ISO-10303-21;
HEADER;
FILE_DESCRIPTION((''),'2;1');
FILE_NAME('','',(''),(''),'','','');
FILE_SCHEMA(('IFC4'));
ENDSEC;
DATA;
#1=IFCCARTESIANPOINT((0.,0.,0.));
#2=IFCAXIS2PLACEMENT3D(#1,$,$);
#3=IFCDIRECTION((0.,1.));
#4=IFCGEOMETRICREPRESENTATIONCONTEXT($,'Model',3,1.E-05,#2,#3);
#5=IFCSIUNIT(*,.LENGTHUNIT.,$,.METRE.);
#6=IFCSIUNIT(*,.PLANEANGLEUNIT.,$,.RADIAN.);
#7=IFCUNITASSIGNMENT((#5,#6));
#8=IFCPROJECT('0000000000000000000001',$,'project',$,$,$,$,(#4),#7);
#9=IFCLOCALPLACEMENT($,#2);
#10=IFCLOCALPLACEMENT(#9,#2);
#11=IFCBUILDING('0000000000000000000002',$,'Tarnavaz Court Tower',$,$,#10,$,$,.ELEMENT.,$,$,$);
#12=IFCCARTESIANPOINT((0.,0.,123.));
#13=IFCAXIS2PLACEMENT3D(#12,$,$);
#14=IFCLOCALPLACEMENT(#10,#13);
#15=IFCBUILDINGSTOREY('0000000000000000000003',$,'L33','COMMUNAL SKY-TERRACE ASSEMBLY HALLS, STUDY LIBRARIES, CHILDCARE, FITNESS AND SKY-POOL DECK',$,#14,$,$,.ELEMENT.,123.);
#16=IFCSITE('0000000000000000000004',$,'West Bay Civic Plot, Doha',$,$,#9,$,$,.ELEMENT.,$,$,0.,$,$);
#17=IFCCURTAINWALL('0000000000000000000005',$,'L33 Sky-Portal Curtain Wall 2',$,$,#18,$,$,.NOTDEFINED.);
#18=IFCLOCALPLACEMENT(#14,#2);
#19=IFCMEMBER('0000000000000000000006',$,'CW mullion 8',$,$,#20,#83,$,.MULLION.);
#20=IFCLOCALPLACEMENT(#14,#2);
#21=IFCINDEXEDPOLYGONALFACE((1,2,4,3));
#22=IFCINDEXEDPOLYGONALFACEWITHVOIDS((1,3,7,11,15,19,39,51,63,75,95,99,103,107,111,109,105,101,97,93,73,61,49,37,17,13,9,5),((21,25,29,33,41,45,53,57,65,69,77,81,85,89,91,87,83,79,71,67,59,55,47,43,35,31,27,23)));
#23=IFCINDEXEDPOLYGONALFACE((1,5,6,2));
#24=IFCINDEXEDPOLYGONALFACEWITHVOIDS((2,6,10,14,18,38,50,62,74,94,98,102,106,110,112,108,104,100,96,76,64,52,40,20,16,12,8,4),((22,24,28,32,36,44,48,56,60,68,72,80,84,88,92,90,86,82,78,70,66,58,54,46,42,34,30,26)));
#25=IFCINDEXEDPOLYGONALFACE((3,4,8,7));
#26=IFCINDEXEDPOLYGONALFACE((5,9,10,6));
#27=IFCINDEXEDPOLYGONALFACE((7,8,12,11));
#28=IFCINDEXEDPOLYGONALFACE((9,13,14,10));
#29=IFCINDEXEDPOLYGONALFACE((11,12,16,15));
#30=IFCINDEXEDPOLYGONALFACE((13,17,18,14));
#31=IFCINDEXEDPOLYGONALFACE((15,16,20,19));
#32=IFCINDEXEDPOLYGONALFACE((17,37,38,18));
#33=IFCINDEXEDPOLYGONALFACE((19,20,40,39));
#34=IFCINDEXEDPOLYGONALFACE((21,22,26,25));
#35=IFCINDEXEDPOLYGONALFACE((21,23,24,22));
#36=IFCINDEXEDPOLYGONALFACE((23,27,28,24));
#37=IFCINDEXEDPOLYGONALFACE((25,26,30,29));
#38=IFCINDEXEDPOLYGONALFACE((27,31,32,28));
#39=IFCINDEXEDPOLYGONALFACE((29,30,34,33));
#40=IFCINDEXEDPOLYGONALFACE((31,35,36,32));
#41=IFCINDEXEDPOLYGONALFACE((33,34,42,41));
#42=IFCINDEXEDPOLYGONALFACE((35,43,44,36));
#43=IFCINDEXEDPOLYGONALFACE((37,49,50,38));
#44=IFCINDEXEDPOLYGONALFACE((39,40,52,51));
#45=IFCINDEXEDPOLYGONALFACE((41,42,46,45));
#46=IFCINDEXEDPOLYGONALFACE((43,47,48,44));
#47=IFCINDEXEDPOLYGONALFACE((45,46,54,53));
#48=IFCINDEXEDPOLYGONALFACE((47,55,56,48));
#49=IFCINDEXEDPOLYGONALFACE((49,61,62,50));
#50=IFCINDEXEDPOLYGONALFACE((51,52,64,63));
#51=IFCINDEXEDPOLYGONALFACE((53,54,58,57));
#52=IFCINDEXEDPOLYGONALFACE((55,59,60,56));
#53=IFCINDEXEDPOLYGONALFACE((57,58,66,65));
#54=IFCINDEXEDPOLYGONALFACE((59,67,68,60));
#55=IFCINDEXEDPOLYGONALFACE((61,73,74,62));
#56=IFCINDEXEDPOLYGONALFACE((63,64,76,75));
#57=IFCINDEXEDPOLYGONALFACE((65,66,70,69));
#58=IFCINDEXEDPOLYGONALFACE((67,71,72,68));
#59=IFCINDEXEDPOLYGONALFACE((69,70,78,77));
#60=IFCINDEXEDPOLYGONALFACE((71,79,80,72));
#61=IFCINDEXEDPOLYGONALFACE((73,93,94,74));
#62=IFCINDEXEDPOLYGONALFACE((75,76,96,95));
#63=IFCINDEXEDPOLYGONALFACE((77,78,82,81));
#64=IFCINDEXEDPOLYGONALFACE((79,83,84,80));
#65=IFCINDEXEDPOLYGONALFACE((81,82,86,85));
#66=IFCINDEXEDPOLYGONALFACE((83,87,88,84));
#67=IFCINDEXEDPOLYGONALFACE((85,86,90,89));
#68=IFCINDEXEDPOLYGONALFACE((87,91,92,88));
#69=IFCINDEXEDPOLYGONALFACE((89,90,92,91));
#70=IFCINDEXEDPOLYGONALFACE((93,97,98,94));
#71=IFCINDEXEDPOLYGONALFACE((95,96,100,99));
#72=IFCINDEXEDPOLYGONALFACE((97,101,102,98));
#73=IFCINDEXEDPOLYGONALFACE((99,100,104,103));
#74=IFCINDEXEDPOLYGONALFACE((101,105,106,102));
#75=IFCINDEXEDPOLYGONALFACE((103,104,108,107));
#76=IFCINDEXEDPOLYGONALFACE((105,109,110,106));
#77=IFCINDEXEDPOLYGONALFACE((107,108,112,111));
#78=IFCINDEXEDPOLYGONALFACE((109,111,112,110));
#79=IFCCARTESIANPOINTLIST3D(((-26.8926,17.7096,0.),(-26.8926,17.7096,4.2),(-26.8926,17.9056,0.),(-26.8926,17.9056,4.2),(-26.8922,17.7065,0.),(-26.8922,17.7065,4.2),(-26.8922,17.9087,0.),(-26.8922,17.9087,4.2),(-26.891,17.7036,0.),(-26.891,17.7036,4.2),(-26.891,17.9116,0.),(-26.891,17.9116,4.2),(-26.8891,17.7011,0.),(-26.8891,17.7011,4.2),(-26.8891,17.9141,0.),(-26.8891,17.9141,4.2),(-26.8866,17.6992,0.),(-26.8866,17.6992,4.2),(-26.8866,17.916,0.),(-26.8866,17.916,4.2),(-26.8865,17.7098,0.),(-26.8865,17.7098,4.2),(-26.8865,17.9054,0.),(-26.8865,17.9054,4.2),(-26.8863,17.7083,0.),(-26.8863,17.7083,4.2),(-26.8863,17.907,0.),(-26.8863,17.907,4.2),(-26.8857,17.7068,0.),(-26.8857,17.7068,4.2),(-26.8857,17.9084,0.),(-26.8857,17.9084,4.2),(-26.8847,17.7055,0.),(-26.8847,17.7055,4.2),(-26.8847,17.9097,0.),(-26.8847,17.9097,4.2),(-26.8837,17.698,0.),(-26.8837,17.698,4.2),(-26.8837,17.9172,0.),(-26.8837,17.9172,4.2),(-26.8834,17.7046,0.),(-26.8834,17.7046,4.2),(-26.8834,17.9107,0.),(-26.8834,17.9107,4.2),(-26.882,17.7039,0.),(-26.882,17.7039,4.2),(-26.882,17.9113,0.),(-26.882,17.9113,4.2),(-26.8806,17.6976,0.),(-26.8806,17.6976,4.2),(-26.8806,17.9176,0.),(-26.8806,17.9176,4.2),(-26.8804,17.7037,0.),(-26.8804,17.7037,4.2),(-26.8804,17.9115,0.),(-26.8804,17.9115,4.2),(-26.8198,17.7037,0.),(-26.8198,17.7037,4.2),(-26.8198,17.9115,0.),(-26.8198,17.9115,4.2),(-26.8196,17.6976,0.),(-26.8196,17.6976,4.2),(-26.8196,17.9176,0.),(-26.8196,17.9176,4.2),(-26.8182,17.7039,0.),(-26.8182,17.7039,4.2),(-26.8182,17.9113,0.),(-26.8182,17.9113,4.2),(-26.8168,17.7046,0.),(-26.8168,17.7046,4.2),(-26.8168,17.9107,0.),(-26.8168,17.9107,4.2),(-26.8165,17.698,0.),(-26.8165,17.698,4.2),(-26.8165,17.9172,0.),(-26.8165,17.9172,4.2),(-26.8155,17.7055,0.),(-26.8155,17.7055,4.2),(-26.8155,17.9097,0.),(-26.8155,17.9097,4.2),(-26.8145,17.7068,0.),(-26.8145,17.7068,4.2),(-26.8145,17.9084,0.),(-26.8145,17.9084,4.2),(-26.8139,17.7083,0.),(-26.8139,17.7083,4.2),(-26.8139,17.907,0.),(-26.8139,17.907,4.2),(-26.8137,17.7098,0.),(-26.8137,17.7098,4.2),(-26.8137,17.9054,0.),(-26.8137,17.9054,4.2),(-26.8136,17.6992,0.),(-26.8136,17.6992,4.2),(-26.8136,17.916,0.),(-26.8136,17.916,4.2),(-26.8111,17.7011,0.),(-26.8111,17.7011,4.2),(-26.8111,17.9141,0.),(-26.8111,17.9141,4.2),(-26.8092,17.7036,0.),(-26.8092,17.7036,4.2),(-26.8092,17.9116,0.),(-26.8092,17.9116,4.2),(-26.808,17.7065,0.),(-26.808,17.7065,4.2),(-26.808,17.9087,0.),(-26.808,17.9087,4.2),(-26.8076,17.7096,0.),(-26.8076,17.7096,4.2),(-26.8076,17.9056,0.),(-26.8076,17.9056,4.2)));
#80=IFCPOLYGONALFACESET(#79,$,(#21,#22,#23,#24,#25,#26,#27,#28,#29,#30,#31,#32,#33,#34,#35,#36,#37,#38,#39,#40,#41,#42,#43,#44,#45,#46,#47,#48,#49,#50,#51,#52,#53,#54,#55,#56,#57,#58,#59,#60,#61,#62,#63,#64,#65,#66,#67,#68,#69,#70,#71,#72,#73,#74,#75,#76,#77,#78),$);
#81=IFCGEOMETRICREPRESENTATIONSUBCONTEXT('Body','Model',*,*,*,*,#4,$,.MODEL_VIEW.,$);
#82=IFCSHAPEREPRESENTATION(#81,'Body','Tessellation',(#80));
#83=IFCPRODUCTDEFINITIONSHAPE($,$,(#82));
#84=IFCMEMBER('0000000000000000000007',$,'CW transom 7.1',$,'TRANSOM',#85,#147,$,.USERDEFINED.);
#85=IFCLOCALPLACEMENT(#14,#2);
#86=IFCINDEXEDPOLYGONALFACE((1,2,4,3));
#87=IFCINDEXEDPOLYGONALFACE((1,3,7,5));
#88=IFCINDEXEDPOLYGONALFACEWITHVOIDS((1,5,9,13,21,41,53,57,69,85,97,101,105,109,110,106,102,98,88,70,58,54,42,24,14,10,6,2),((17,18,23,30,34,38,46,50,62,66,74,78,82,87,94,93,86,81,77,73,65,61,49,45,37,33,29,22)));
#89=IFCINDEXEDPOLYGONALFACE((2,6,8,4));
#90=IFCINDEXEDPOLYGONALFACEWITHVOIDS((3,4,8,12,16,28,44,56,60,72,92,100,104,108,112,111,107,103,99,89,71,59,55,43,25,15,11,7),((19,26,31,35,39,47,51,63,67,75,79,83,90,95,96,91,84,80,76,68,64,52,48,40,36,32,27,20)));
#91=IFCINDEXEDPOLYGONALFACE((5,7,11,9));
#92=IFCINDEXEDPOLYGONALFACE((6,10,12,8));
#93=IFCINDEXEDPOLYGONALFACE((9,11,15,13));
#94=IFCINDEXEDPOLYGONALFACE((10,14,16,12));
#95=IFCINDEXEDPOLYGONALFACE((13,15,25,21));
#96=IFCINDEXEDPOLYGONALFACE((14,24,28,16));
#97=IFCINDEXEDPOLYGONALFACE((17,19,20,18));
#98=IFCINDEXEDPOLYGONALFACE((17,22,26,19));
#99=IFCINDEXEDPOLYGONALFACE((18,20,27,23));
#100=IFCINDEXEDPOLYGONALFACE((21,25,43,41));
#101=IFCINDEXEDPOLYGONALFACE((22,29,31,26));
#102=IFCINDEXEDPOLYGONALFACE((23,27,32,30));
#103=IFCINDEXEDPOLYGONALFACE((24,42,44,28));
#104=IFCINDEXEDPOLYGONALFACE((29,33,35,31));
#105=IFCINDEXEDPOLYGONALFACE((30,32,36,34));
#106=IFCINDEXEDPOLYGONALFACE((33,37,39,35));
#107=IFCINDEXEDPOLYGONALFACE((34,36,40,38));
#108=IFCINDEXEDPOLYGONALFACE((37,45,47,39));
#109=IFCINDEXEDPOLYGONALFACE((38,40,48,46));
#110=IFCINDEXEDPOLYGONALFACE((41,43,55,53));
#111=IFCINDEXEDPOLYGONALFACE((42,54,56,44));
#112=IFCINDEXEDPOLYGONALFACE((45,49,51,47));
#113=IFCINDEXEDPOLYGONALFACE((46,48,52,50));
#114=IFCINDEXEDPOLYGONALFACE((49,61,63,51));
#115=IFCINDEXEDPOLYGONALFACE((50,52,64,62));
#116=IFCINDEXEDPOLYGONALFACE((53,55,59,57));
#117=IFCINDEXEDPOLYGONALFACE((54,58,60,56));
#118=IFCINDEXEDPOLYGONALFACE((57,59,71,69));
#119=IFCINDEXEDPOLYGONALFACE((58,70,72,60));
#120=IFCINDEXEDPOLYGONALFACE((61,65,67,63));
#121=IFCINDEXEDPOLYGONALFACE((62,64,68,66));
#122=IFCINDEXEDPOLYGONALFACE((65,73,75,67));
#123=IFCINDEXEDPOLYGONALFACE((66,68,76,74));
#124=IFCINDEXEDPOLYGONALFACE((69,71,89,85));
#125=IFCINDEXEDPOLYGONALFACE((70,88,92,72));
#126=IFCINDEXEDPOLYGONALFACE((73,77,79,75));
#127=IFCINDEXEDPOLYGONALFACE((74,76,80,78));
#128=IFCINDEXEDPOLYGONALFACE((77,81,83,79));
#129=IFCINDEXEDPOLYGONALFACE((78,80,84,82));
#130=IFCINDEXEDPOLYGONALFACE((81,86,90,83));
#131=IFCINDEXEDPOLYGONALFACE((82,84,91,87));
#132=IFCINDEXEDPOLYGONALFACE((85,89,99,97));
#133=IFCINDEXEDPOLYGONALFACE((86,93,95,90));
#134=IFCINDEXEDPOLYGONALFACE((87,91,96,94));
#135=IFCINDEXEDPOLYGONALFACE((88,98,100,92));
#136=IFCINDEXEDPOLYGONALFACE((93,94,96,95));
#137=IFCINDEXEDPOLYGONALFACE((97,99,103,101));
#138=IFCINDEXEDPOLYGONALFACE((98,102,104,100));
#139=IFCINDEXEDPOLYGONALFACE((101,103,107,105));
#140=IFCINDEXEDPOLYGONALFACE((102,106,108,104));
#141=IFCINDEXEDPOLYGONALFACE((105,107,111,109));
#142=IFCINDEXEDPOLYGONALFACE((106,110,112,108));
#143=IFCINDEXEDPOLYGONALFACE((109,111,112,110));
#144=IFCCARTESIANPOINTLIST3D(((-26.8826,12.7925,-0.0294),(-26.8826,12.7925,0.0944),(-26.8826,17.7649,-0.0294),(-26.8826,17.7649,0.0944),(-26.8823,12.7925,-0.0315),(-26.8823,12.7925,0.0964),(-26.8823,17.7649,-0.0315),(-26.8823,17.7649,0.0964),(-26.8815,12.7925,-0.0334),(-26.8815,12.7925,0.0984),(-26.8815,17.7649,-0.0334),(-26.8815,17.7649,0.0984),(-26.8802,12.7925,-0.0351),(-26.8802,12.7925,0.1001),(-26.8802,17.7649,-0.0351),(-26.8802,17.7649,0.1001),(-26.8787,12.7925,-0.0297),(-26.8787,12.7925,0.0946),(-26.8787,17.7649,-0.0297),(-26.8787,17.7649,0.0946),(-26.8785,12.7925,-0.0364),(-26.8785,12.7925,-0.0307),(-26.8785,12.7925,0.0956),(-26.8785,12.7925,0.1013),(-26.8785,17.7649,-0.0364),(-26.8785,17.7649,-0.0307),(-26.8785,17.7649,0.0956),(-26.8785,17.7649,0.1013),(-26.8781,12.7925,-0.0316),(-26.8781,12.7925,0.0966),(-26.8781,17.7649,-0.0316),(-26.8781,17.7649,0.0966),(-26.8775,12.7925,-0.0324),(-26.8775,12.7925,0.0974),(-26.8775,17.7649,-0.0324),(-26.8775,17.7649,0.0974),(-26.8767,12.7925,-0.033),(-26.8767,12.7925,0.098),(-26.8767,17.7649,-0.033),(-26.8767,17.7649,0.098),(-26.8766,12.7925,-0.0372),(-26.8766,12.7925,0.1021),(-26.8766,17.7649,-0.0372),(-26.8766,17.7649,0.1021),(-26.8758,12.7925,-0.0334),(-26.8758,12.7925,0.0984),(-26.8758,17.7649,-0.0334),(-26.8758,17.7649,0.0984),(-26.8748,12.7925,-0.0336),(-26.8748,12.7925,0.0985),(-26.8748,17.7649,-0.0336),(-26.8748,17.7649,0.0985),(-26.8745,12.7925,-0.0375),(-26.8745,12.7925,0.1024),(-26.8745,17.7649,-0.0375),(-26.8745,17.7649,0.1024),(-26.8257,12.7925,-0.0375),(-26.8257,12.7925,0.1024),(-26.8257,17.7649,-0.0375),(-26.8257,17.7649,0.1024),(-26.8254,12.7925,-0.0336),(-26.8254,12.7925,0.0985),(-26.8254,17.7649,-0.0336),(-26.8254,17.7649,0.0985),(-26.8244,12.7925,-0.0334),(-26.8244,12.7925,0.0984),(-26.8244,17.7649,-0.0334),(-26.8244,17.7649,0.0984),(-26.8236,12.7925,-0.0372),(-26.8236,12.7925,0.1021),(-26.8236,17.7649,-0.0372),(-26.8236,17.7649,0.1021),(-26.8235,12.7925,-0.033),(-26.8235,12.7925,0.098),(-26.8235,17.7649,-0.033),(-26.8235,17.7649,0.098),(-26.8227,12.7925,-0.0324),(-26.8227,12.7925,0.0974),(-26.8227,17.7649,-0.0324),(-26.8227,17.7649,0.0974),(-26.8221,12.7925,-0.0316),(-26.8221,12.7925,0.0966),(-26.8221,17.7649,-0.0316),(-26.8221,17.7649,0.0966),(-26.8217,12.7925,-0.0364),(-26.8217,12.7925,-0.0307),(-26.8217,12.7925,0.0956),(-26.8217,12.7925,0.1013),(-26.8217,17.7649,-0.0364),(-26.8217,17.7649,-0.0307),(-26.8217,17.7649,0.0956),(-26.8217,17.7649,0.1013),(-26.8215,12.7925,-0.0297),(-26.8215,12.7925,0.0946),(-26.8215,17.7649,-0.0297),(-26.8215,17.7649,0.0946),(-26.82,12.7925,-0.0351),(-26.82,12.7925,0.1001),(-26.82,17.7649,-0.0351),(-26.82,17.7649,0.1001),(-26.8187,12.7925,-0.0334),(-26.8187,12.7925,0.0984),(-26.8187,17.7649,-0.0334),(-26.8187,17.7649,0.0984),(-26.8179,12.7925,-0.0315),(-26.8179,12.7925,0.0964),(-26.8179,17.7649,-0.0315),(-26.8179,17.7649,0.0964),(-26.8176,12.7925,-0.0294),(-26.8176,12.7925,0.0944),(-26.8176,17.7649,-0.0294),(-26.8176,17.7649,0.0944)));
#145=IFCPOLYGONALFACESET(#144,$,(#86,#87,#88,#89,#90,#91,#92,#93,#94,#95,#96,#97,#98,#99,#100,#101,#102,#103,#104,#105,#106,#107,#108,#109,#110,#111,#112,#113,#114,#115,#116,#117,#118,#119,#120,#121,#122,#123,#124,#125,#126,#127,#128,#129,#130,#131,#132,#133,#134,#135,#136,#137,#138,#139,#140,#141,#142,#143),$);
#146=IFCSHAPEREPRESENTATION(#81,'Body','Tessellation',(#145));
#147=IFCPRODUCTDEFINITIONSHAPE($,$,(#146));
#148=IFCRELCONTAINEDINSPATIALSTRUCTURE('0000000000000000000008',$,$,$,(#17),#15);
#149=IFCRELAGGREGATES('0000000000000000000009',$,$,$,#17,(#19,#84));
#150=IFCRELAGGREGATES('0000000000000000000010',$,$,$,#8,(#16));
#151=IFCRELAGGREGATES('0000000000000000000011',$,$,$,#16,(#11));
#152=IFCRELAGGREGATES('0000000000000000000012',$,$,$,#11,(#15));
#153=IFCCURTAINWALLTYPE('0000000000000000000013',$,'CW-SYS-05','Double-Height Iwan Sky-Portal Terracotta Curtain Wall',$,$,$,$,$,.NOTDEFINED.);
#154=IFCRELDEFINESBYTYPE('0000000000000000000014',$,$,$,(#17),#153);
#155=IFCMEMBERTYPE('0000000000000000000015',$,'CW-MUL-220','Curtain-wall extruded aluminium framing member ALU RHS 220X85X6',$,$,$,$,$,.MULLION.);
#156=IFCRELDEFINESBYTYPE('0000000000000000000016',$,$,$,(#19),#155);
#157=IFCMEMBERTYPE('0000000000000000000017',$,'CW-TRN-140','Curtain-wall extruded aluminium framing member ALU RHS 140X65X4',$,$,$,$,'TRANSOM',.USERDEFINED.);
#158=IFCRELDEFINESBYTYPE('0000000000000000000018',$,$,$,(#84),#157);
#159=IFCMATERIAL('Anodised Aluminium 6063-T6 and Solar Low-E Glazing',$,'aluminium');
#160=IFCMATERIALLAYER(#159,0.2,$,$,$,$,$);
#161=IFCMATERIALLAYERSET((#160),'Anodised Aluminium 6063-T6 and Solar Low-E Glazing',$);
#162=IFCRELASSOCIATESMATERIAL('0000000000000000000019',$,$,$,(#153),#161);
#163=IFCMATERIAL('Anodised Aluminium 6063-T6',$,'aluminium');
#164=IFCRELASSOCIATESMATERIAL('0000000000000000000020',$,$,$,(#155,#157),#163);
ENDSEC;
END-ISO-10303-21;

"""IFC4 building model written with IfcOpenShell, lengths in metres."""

from ifc_helpers import new_model, si_unit, direction, frame, origin, origin_2d, place, context, subcontext, project, spatial, hollow_rectangle, extrude, material, layer, layer_set, material_profile, profile_set, type_object, element, aggregate, save


model = new_model("IFC4")

# Units and contexts
model_context = context("Model", 3, precision=1e-05, world=origin(), true_north=direction((0.0, 1.0)))
body_context = subcontext(model_context, "Body", "Model", "MODEL_VIEW")
ifc_project = project(units=[si_unit("LENGTHUNIT", "METRE"), si_unit("PLANEANGLEUNIT", "RADIAN")], contexts=[model_context])

# Site, building, storey
site_placement = place(None, origin())
site = spatial("IfcSite", under=ifc_project, at=site_placement, Name="West Bay Civic Plot, Doha", CompositionType="ELEMENT", RefElevation=0.0)
building_placement = place(site_placement, origin())
building = spatial("IfcBuilding", under=site, at=building_placement, Name="Tarnavaz Court Tower", CompositionType="ELEMENT")
storey_placement = place(building_placement, frame((0.0, 0.0, 123.0)))
storey = spatial("IfcBuildingStorey", under=building, at=storey_placement, Name="L33", Description="COMMUNAL SKY-TERRACE ASSEMBLY HALLS, STUDY LIBRARIES, CHILDCARE, FITNESS AND SKY-POOL DECK", CompositionType="ELEMENT", Elevation=123.0)

# Curtain wall, members
ifc_material_1 = material(Name="Anodised Aluminium 6063-T6 and Solar Low-E Glazing", Category="aluminium")
ifc_layer_1 = layer(ifc_material_1, 0.2)
ifc_layer_set_1 = layer_set([ifc_layer_1], Name="Anodised Aluminium 6063-T6 and Solar Low-E Glazing")
curtain_wall_type = type_object("IfcCurtainWallType", Name="CW-SYS-05", Description="Double-Height Iwan Sky-Portal Terracotta Curtain Wall", PredefinedType="NOTDEFINED", material=ifc_layer_set_1)
curtain_wall_placement = place(storey_placement, origin())
curtain_wall = element("IfcCurtainWall", 1, at=curtain_wall_placement, inside=storey, type_object=curtain_wall_type, Name="L33 Sky-Portal Curtain Wall 2", PredefinedType="NOTDEFINED")
ifc_material_2 = material(Name="Anodised Aluminium 6063-T6", Category="aluminium")
ifc_material_profile_1 = material_profile(ifc_material_2, hollow_rectangle(XDim=0.085, YDim=0.22, WallThickness=0.0061, InnerFilletRadius=0.0061, OuterFilletRadius=0.012, at=origin_2d()), Name="ALU RHS 220X85X6")
ifc_profile_set_1 = profile_set([ifc_material_profile_1], Name="Anodised Aluminium 6063-T6")
member_type_1 = type_object("IfcMemberType", Name="CW-MUL-220", Description="Curtain-wall extruded aluminium framing member ALU RHS 220X85X6", PredefinedType="MULLION", material=ifc_profile_set_1)
member_1_placement = place(storey_placement, frame((-26.8501, 17.8076, 0.0), z_axis=(0.0, 0.0, 1.0), x_axis=(-1.0, 0.0, 0.0)))
member_1 = element("IfcMember", 2, at=member_1_placement, type_object=member_type_1, Name="CW mullion 8", PredefinedType="MULLION", context=body_context, shape_type="SweptSolid", body=[
    extrude(hollow_rectangle(XDim=0.085, YDim=0.22, WallThickness=0.0061, InnerFilletRadius=0.0061, OuterFilletRadius=0.012, at=origin_2d()), origin(), (0.0, 0.0, 1.0), 4.2),
])
ifc_material_profile_2 = material_profile(ifc_material_2, hollow_rectangle(XDim=0.0649, YDim=0.1399, WallThickness=0.0039, InnerFilletRadius=0.0039, OuterFilletRadius=0.0081, at=origin_2d()), Name="ALU RHS 140X65X4")
ifc_profile_set_2 = profile_set([ifc_material_profile_2], Name="Anodised Aluminium 6063-T6")
member_type_2 = type_object("IfcMemberType", Name="CW-TRN-140", Description="Curtain-wall extruded aluminium framing member ALU RHS 140X65X4", ElementType="TRANSOM", PredefinedType="USERDEFINED", material=ifc_profile_set_2)
member_2_placement = place(storey_placement, frame((-26.8501, 12.7925, 0.0325), z_axis=(0.0, 1.0, 0.0), x_axis=(-1.0, 0.0, 0.0)))
member_2 = element("IfcMember", 3, at=member_2_placement, type_object=member_type_2, Name="CW transom 7.1", ObjectType="TRANSOM", PredefinedType="USERDEFINED", context=body_context, shape_type="SweptSolid", body=[
    extrude(hollow_rectangle(XDim=0.0649, YDim=0.1399, WallThickness=0.0039, InnerFilletRadius=0.0039, OuterFilletRadius=0.0081, at=origin_2d()), origin(), (0.0, 0.0, 1.0), 4.9724),
])
aggregate(curtain_wall, [member_1, member_2])

save(model, "model.ifc")
